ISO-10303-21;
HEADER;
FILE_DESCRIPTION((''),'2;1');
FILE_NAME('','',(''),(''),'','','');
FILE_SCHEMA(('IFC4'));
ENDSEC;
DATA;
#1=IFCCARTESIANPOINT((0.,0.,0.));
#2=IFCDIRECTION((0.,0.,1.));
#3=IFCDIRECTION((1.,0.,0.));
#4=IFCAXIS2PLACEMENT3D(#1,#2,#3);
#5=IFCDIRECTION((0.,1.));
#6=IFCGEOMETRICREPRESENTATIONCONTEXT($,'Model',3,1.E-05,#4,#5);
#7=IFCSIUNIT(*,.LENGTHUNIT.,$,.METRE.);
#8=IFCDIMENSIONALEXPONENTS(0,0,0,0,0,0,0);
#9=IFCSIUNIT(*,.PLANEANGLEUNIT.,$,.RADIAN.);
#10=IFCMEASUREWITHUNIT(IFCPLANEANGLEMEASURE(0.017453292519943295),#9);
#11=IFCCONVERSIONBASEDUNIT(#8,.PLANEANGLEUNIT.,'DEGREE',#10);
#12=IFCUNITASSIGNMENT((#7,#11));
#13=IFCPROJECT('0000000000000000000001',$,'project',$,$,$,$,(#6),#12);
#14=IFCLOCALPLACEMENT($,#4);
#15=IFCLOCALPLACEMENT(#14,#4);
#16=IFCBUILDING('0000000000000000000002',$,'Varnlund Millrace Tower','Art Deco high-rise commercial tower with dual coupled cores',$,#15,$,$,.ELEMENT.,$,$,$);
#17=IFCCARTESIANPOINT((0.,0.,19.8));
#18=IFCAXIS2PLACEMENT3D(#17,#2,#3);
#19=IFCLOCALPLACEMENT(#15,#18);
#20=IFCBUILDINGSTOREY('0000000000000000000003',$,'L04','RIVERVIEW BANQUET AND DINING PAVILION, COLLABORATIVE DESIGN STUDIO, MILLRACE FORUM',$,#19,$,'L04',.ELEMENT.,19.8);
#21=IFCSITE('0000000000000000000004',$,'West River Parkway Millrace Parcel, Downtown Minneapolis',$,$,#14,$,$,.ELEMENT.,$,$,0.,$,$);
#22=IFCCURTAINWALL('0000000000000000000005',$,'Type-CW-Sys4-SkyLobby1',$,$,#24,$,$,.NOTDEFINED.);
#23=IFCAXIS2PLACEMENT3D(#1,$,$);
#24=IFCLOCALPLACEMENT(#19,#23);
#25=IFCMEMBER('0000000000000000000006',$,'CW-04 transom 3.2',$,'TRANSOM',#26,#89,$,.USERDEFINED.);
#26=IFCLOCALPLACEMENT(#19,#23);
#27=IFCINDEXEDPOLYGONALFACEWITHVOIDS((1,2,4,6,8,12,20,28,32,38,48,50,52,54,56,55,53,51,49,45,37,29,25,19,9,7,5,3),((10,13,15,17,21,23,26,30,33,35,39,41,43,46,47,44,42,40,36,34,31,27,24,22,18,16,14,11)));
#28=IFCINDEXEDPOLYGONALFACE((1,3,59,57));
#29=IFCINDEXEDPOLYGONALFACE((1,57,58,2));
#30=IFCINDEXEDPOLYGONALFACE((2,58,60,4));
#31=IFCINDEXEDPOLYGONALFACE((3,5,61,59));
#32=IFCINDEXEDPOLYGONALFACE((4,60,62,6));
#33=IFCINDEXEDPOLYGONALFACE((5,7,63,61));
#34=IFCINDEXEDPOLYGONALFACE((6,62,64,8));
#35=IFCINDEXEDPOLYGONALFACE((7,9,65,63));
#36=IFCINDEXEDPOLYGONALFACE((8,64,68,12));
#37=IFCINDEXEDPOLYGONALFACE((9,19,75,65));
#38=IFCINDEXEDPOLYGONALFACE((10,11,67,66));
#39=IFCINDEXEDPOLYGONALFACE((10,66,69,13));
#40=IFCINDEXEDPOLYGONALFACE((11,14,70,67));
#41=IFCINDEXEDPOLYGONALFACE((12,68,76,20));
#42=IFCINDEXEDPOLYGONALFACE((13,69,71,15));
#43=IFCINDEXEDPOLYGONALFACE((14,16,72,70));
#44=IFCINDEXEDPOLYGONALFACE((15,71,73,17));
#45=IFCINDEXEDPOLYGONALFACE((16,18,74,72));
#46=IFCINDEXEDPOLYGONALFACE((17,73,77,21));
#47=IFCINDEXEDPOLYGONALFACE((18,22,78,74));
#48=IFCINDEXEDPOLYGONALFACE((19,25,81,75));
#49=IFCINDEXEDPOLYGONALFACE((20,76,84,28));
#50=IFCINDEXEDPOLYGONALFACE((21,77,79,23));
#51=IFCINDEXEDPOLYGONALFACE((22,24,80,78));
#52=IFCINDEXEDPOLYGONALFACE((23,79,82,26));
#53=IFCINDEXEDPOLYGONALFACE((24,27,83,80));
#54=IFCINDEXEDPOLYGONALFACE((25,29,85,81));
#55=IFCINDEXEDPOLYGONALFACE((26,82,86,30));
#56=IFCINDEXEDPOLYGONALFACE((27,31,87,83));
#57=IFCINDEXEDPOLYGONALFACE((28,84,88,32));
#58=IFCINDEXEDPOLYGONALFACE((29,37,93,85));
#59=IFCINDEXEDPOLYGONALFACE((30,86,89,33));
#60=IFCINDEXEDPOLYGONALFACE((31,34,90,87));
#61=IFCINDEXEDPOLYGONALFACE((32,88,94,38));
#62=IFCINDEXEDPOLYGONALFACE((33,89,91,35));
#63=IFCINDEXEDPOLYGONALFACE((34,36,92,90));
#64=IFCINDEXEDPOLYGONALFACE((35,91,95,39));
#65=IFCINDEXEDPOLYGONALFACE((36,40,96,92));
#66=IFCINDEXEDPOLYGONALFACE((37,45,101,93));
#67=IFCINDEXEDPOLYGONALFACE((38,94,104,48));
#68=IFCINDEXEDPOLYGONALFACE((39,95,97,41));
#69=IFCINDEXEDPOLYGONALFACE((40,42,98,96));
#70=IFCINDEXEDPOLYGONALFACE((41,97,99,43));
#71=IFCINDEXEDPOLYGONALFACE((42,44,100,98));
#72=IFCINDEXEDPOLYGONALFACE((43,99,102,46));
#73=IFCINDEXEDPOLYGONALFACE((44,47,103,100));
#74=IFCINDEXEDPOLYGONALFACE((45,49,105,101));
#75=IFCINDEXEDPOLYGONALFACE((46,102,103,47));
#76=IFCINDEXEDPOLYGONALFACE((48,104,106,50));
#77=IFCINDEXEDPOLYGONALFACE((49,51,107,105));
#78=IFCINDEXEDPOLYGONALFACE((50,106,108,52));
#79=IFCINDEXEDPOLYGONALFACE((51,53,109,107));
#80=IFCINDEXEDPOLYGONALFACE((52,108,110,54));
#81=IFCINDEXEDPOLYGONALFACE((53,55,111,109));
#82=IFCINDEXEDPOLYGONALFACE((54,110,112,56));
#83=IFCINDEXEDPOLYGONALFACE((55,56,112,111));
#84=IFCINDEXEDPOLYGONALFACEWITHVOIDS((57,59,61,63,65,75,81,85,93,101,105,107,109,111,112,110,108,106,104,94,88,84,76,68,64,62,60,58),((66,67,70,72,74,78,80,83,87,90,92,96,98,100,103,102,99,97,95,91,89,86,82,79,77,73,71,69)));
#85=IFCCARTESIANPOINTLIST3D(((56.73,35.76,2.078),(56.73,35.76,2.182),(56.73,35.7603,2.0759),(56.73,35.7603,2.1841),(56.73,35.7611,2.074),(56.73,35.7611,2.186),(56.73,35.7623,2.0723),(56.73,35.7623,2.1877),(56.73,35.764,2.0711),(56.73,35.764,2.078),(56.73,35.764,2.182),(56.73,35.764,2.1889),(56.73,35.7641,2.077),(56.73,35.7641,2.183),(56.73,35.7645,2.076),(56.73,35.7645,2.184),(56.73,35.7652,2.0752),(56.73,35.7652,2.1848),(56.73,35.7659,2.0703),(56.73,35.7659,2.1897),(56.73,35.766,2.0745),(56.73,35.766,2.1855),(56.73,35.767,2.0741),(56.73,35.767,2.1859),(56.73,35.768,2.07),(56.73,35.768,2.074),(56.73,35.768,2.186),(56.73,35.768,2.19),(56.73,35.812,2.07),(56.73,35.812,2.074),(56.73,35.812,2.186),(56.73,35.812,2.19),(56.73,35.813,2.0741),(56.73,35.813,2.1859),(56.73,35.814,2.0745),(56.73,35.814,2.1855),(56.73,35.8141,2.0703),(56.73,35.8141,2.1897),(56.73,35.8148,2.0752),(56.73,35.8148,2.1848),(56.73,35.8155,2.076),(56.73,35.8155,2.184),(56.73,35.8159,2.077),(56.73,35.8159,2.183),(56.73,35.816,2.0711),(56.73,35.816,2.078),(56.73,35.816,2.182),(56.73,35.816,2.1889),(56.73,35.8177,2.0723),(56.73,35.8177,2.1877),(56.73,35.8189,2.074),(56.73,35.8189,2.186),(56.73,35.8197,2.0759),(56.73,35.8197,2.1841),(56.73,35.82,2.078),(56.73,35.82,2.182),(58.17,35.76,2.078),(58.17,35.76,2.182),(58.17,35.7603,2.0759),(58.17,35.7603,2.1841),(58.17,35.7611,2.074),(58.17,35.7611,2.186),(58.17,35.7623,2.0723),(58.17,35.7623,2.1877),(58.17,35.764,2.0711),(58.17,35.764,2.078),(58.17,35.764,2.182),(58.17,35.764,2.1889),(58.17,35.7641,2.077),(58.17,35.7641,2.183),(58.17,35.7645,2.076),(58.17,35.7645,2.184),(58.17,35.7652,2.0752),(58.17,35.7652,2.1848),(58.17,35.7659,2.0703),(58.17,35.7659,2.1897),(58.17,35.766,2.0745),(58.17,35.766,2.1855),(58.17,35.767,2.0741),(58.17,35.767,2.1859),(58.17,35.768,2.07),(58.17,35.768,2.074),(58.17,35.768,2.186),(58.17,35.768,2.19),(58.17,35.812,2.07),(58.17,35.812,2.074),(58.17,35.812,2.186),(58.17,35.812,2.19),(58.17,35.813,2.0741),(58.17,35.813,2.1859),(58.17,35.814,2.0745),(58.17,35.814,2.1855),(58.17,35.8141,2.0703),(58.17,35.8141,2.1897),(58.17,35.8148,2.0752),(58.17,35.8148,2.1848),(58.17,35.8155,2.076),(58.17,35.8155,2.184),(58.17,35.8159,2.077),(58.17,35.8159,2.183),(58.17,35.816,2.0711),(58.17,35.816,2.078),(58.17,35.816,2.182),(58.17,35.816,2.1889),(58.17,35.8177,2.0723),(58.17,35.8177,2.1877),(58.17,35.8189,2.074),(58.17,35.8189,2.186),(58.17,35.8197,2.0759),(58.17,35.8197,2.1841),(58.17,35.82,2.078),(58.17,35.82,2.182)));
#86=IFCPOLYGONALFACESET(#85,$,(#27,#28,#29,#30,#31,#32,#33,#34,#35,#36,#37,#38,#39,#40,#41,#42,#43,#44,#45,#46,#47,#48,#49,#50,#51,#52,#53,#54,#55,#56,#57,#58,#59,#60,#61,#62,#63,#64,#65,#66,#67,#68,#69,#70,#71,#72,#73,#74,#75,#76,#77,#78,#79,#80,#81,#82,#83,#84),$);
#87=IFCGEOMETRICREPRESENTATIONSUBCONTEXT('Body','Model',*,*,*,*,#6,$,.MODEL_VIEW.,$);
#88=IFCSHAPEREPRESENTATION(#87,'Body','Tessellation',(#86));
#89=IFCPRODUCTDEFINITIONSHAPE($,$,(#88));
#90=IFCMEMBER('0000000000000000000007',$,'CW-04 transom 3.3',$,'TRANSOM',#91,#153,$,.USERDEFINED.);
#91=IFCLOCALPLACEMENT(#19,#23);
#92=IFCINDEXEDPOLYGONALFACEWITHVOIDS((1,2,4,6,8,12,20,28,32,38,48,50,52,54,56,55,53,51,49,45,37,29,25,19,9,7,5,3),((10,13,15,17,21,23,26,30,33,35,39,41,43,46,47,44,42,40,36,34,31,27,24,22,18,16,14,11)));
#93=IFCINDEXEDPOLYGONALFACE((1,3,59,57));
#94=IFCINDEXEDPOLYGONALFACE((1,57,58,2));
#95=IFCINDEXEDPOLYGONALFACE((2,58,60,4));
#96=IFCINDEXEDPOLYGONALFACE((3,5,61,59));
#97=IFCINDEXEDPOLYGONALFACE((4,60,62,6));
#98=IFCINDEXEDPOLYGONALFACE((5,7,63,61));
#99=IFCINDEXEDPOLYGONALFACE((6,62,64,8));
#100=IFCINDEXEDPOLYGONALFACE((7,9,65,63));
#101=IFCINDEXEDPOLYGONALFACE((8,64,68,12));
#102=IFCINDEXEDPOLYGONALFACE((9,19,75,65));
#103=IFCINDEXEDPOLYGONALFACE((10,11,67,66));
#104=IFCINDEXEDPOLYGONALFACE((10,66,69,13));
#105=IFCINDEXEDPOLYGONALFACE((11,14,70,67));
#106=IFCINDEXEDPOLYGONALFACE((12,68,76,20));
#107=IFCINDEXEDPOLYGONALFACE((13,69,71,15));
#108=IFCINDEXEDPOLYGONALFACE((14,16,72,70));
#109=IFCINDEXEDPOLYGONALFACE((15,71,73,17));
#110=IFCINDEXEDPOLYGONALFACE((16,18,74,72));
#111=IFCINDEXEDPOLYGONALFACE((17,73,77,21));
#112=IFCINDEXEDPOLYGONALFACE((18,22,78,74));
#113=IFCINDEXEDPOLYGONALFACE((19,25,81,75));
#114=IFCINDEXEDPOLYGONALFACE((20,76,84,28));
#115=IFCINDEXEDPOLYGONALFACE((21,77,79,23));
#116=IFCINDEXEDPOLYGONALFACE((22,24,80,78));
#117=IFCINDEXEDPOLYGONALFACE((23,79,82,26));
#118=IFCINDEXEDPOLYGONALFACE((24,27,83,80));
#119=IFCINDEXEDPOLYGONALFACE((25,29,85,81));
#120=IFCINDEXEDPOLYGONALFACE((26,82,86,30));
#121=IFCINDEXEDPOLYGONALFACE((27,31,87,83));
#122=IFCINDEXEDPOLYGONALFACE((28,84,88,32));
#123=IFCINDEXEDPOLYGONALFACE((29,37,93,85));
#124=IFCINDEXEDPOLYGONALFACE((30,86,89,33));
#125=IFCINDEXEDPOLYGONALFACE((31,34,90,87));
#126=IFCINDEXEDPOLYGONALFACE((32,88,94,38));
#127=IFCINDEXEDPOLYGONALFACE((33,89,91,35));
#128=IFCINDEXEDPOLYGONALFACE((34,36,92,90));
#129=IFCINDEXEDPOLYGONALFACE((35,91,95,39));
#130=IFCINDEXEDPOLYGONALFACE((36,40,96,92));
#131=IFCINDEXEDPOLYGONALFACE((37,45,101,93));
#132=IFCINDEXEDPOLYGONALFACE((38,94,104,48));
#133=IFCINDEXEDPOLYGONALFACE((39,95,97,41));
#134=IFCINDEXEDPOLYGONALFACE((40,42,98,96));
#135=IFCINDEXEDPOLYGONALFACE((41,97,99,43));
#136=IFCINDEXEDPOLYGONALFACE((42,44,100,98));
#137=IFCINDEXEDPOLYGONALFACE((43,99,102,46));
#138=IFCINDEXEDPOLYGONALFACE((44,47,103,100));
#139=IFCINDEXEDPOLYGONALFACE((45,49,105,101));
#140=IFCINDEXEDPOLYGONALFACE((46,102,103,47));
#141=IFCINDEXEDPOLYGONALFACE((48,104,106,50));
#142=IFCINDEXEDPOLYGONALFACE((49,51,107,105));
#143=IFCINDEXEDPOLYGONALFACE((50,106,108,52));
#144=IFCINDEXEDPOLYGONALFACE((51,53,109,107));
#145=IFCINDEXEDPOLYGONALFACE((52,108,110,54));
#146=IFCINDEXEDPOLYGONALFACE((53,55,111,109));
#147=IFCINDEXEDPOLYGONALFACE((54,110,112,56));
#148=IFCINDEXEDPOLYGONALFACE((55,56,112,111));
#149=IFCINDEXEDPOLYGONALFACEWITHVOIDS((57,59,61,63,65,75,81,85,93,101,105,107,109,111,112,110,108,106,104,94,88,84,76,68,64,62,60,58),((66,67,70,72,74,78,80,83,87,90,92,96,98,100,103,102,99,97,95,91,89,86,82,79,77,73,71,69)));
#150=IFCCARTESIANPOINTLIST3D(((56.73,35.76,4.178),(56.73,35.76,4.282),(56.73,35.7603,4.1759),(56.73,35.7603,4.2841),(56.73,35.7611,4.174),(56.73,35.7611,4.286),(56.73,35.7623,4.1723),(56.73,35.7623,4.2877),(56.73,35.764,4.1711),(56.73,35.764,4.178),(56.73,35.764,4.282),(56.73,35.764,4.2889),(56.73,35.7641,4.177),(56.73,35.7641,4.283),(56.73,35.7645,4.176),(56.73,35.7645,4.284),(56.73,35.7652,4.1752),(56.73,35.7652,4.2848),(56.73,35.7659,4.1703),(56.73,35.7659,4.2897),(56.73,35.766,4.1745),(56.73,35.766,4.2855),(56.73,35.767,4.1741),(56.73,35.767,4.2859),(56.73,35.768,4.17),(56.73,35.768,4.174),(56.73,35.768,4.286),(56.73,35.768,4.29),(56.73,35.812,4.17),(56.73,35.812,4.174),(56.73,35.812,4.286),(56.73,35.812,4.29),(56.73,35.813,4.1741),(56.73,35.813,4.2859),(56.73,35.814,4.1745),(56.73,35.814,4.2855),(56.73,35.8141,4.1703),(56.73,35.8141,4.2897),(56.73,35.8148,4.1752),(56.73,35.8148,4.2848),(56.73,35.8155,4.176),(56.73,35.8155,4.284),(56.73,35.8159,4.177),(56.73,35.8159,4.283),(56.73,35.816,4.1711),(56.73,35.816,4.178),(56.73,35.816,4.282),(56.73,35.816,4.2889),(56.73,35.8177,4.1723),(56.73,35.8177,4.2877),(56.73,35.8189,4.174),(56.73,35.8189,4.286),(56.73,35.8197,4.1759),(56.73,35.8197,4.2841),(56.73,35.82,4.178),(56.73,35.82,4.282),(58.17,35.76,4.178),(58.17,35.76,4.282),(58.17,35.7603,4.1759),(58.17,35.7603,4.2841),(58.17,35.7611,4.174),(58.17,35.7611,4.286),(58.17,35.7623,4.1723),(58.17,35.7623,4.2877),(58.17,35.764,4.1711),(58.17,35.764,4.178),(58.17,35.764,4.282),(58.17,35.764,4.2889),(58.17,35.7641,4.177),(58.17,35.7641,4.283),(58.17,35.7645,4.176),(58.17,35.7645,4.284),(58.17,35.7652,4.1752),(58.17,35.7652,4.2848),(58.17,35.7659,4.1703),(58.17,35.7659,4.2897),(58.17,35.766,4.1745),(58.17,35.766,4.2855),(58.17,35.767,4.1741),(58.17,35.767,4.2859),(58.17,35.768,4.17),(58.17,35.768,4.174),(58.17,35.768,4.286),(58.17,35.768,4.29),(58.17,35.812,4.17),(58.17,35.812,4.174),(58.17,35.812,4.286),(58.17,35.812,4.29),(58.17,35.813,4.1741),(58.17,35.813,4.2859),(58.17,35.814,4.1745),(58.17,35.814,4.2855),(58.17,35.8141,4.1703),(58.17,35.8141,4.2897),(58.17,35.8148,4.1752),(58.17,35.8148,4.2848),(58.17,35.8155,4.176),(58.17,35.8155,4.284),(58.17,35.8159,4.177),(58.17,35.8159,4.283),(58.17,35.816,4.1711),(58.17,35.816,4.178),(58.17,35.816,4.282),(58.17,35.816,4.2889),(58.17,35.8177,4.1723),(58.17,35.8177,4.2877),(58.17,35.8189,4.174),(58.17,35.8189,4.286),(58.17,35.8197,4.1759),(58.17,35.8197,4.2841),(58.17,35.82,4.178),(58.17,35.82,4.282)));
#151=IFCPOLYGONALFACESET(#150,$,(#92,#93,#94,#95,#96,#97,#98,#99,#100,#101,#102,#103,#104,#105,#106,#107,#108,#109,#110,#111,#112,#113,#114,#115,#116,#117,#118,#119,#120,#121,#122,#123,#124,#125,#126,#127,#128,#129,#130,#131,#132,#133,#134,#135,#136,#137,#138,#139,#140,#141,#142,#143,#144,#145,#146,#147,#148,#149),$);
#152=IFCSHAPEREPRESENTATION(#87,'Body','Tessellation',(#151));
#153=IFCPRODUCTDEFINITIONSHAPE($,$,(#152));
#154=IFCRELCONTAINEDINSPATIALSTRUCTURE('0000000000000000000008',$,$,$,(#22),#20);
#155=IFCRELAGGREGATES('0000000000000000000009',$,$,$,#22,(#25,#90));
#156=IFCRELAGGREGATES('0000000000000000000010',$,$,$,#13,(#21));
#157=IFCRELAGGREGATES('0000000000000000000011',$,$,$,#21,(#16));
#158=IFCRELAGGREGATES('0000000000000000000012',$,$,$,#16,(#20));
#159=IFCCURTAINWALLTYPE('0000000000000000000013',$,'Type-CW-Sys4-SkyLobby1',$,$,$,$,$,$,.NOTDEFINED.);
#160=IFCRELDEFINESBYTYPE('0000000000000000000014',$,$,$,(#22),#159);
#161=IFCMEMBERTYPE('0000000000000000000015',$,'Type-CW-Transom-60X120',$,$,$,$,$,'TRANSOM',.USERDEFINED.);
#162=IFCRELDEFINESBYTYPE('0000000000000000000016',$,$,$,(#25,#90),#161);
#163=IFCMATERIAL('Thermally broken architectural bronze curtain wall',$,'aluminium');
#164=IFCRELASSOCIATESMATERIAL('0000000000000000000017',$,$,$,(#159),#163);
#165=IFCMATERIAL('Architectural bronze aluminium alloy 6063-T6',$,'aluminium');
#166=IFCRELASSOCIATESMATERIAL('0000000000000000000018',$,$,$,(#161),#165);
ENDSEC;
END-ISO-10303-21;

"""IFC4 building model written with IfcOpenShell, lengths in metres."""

from ifc_helpers import new_model, entity, si_unit, converted_unit, direction, frame, origin_with_axes, origin_2d_with_axis, place, context, subcontext, project, spatial, hollow_rectangle, extrude, material, material_profile, profile_set, type_object, element, aggregate, save


model = new_model("IFC4")

# Units and contexts
model_context = context("Model", 3, precision=1e-05, world=origin_with_axes(), true_north=direction((0.0, 1.0)))
body_context = subcontext(model_context, "Body", "Model", "MODEL_VIEW")
ifc_project = project(units=[si_unit("LENGTHUNIT", "METRE"), converted_unit("PLANEANGLEUNIT", "DEGREE", entity("IfcPlaneAngleMeasure", 0.017453292519943295), si_unit("PLANEANGLEUNIT", "RADIAN"), dimensions=[0, 0, 0, 0, 0, 0, 0])], contexts=[model_context])

# Site, building, storey
site_placement = place(None, origin_with_axes())
site = spatial("IfcSite", under=ifc_project, at=site_placement, Name="West River Parkway Millrace Parcel, Downtown Minneapolis", CompositionType="ELEMENT", RefElevation=0.0)
building_placement = place(site_placement, origin_with_axes())
building = spatial("IfcBuilding", under=site, at=building_placement, Name="Varnlund Millrace Tower", Description="Art Deco high-rise commercial tower with dual coupled cores", CompositionType="ELEMENT")
storey_placement = place(building_placement, frame((0.0, 0.0, 19.8), z_axis=(0.0, 0.0, 1.0), x_axis=(1.0, 0.0, 0.0)))
storey = spatial("IfcBuildingStorey", under=building, at=storey_placement, Name="L04", Description="RIVERVIEW BANQUET AND DINING PAVILION, COLLABORATIVE DESIGN STUDIO, MILLRACE FORUM", LongName="L04", CompositionType="ELEMENT", Elevation=19.8)

# Curtain wall, members
ifc_material_1 = material(Name="Thermally broken architectural bronze curtain wall", Category="aluminium")
curtain_wall_type = type_object("IfcCurtainWallType", Name="Type-CW-Sys4-SkyLobby1", PredefinedType="NOTDEFINED", material=ifc_material_1)
curtain_wall_placement = place(storey_placement, frame((53.7, 35.79, 0.0), z_axis=(0.0, 0.0, 1.0), x_axis=(1.0, 0.0, 0.0)))
curtain_wall = element("IfcCurtainWall", 1, at=curtain_wall_placement, inside=storey, type_object=curtain_wall_type, Name="Type-CW-Sys4-SkyLobby1", PredefinedType="NOTDEFINED")
ifc_material_2 = material(Name="Architectural bronze aluminium alloy 6063-T6", Category="aluminium")
ifc_material_profile_1 = material_profile(ifc_material_2, hollow_rectangle(XDim=0.06, YDim=0.12, WallThickness=0.004, InnerFilletRadius=0.004, OuterFilletRadius=0.008, at=origin_2d_with_axis()), Name="Architectural bronze aluminium alloy 6063-T6")
ifc_profile_set_1 = profile_set([ifc_material_profile_1], Name="Architectural bronze aluminium alloy 6063-T6")
member_type_1 = type_object("IfcMemberType", Name="Type-CW-Transom-60X120", ElementType="TRANSOM", PredefinedType="USERDEFINED", material=ifc_profile_set_1)
member_1_placement = place(storey_placement, frame((56.73, 35.79, 2.13), z_axis=(1.0, 0.0, 0.0), x_axis=(0.0, 1.0, 0.0)))
member_1 = element("IfcMember", 2, at=member_1_placement, type_object=member_type_1, Name="CW-04 transom 3.2", ObjectType="TRANSOM", PredefinedType="USERDEFINED", context=body_context, shape_type="SweptSolid", body=[
    extrude(hollow_rectangle(XDim=0.06, YDim=0.12, WallThickness=0.004, InnerFilletRadius=0.004, OuterFilletRadius=0.008, at=origin_2d_with_axis()), origin_with_axes(), (0.0, 0.0, 1.0), 1.44),
])
member_2_placement = place(storey_placement, frame((56.73, 35.79, 4.23), z_axis=(1.0, 0.0, 0.0), x_axis=(0.0, 1.0, 0.0)))
member_2 = element("IfcMember", 3, at=member_2_placement, type_object=member_type_1, Name="CW-04 transom 3.3", ObjectType="TRANSOM", PredefinedType="USERDEFINED", context=body_context, shape_type="SweptSolid", body=[
    extrude(hollow_rectangle(XDim=0.06, YDim=0.12, WallThickness=0.004, InnerFilletRadius=0.004, OuterFilletRadius=0.008, at=origin_2d_with_axis()), origin_with_axes(), (0.0, 0.0, 1.0), 1.44),
])
aggregate(curtain_wall, [member_1, member_2])

save(model, "model.ifc")
